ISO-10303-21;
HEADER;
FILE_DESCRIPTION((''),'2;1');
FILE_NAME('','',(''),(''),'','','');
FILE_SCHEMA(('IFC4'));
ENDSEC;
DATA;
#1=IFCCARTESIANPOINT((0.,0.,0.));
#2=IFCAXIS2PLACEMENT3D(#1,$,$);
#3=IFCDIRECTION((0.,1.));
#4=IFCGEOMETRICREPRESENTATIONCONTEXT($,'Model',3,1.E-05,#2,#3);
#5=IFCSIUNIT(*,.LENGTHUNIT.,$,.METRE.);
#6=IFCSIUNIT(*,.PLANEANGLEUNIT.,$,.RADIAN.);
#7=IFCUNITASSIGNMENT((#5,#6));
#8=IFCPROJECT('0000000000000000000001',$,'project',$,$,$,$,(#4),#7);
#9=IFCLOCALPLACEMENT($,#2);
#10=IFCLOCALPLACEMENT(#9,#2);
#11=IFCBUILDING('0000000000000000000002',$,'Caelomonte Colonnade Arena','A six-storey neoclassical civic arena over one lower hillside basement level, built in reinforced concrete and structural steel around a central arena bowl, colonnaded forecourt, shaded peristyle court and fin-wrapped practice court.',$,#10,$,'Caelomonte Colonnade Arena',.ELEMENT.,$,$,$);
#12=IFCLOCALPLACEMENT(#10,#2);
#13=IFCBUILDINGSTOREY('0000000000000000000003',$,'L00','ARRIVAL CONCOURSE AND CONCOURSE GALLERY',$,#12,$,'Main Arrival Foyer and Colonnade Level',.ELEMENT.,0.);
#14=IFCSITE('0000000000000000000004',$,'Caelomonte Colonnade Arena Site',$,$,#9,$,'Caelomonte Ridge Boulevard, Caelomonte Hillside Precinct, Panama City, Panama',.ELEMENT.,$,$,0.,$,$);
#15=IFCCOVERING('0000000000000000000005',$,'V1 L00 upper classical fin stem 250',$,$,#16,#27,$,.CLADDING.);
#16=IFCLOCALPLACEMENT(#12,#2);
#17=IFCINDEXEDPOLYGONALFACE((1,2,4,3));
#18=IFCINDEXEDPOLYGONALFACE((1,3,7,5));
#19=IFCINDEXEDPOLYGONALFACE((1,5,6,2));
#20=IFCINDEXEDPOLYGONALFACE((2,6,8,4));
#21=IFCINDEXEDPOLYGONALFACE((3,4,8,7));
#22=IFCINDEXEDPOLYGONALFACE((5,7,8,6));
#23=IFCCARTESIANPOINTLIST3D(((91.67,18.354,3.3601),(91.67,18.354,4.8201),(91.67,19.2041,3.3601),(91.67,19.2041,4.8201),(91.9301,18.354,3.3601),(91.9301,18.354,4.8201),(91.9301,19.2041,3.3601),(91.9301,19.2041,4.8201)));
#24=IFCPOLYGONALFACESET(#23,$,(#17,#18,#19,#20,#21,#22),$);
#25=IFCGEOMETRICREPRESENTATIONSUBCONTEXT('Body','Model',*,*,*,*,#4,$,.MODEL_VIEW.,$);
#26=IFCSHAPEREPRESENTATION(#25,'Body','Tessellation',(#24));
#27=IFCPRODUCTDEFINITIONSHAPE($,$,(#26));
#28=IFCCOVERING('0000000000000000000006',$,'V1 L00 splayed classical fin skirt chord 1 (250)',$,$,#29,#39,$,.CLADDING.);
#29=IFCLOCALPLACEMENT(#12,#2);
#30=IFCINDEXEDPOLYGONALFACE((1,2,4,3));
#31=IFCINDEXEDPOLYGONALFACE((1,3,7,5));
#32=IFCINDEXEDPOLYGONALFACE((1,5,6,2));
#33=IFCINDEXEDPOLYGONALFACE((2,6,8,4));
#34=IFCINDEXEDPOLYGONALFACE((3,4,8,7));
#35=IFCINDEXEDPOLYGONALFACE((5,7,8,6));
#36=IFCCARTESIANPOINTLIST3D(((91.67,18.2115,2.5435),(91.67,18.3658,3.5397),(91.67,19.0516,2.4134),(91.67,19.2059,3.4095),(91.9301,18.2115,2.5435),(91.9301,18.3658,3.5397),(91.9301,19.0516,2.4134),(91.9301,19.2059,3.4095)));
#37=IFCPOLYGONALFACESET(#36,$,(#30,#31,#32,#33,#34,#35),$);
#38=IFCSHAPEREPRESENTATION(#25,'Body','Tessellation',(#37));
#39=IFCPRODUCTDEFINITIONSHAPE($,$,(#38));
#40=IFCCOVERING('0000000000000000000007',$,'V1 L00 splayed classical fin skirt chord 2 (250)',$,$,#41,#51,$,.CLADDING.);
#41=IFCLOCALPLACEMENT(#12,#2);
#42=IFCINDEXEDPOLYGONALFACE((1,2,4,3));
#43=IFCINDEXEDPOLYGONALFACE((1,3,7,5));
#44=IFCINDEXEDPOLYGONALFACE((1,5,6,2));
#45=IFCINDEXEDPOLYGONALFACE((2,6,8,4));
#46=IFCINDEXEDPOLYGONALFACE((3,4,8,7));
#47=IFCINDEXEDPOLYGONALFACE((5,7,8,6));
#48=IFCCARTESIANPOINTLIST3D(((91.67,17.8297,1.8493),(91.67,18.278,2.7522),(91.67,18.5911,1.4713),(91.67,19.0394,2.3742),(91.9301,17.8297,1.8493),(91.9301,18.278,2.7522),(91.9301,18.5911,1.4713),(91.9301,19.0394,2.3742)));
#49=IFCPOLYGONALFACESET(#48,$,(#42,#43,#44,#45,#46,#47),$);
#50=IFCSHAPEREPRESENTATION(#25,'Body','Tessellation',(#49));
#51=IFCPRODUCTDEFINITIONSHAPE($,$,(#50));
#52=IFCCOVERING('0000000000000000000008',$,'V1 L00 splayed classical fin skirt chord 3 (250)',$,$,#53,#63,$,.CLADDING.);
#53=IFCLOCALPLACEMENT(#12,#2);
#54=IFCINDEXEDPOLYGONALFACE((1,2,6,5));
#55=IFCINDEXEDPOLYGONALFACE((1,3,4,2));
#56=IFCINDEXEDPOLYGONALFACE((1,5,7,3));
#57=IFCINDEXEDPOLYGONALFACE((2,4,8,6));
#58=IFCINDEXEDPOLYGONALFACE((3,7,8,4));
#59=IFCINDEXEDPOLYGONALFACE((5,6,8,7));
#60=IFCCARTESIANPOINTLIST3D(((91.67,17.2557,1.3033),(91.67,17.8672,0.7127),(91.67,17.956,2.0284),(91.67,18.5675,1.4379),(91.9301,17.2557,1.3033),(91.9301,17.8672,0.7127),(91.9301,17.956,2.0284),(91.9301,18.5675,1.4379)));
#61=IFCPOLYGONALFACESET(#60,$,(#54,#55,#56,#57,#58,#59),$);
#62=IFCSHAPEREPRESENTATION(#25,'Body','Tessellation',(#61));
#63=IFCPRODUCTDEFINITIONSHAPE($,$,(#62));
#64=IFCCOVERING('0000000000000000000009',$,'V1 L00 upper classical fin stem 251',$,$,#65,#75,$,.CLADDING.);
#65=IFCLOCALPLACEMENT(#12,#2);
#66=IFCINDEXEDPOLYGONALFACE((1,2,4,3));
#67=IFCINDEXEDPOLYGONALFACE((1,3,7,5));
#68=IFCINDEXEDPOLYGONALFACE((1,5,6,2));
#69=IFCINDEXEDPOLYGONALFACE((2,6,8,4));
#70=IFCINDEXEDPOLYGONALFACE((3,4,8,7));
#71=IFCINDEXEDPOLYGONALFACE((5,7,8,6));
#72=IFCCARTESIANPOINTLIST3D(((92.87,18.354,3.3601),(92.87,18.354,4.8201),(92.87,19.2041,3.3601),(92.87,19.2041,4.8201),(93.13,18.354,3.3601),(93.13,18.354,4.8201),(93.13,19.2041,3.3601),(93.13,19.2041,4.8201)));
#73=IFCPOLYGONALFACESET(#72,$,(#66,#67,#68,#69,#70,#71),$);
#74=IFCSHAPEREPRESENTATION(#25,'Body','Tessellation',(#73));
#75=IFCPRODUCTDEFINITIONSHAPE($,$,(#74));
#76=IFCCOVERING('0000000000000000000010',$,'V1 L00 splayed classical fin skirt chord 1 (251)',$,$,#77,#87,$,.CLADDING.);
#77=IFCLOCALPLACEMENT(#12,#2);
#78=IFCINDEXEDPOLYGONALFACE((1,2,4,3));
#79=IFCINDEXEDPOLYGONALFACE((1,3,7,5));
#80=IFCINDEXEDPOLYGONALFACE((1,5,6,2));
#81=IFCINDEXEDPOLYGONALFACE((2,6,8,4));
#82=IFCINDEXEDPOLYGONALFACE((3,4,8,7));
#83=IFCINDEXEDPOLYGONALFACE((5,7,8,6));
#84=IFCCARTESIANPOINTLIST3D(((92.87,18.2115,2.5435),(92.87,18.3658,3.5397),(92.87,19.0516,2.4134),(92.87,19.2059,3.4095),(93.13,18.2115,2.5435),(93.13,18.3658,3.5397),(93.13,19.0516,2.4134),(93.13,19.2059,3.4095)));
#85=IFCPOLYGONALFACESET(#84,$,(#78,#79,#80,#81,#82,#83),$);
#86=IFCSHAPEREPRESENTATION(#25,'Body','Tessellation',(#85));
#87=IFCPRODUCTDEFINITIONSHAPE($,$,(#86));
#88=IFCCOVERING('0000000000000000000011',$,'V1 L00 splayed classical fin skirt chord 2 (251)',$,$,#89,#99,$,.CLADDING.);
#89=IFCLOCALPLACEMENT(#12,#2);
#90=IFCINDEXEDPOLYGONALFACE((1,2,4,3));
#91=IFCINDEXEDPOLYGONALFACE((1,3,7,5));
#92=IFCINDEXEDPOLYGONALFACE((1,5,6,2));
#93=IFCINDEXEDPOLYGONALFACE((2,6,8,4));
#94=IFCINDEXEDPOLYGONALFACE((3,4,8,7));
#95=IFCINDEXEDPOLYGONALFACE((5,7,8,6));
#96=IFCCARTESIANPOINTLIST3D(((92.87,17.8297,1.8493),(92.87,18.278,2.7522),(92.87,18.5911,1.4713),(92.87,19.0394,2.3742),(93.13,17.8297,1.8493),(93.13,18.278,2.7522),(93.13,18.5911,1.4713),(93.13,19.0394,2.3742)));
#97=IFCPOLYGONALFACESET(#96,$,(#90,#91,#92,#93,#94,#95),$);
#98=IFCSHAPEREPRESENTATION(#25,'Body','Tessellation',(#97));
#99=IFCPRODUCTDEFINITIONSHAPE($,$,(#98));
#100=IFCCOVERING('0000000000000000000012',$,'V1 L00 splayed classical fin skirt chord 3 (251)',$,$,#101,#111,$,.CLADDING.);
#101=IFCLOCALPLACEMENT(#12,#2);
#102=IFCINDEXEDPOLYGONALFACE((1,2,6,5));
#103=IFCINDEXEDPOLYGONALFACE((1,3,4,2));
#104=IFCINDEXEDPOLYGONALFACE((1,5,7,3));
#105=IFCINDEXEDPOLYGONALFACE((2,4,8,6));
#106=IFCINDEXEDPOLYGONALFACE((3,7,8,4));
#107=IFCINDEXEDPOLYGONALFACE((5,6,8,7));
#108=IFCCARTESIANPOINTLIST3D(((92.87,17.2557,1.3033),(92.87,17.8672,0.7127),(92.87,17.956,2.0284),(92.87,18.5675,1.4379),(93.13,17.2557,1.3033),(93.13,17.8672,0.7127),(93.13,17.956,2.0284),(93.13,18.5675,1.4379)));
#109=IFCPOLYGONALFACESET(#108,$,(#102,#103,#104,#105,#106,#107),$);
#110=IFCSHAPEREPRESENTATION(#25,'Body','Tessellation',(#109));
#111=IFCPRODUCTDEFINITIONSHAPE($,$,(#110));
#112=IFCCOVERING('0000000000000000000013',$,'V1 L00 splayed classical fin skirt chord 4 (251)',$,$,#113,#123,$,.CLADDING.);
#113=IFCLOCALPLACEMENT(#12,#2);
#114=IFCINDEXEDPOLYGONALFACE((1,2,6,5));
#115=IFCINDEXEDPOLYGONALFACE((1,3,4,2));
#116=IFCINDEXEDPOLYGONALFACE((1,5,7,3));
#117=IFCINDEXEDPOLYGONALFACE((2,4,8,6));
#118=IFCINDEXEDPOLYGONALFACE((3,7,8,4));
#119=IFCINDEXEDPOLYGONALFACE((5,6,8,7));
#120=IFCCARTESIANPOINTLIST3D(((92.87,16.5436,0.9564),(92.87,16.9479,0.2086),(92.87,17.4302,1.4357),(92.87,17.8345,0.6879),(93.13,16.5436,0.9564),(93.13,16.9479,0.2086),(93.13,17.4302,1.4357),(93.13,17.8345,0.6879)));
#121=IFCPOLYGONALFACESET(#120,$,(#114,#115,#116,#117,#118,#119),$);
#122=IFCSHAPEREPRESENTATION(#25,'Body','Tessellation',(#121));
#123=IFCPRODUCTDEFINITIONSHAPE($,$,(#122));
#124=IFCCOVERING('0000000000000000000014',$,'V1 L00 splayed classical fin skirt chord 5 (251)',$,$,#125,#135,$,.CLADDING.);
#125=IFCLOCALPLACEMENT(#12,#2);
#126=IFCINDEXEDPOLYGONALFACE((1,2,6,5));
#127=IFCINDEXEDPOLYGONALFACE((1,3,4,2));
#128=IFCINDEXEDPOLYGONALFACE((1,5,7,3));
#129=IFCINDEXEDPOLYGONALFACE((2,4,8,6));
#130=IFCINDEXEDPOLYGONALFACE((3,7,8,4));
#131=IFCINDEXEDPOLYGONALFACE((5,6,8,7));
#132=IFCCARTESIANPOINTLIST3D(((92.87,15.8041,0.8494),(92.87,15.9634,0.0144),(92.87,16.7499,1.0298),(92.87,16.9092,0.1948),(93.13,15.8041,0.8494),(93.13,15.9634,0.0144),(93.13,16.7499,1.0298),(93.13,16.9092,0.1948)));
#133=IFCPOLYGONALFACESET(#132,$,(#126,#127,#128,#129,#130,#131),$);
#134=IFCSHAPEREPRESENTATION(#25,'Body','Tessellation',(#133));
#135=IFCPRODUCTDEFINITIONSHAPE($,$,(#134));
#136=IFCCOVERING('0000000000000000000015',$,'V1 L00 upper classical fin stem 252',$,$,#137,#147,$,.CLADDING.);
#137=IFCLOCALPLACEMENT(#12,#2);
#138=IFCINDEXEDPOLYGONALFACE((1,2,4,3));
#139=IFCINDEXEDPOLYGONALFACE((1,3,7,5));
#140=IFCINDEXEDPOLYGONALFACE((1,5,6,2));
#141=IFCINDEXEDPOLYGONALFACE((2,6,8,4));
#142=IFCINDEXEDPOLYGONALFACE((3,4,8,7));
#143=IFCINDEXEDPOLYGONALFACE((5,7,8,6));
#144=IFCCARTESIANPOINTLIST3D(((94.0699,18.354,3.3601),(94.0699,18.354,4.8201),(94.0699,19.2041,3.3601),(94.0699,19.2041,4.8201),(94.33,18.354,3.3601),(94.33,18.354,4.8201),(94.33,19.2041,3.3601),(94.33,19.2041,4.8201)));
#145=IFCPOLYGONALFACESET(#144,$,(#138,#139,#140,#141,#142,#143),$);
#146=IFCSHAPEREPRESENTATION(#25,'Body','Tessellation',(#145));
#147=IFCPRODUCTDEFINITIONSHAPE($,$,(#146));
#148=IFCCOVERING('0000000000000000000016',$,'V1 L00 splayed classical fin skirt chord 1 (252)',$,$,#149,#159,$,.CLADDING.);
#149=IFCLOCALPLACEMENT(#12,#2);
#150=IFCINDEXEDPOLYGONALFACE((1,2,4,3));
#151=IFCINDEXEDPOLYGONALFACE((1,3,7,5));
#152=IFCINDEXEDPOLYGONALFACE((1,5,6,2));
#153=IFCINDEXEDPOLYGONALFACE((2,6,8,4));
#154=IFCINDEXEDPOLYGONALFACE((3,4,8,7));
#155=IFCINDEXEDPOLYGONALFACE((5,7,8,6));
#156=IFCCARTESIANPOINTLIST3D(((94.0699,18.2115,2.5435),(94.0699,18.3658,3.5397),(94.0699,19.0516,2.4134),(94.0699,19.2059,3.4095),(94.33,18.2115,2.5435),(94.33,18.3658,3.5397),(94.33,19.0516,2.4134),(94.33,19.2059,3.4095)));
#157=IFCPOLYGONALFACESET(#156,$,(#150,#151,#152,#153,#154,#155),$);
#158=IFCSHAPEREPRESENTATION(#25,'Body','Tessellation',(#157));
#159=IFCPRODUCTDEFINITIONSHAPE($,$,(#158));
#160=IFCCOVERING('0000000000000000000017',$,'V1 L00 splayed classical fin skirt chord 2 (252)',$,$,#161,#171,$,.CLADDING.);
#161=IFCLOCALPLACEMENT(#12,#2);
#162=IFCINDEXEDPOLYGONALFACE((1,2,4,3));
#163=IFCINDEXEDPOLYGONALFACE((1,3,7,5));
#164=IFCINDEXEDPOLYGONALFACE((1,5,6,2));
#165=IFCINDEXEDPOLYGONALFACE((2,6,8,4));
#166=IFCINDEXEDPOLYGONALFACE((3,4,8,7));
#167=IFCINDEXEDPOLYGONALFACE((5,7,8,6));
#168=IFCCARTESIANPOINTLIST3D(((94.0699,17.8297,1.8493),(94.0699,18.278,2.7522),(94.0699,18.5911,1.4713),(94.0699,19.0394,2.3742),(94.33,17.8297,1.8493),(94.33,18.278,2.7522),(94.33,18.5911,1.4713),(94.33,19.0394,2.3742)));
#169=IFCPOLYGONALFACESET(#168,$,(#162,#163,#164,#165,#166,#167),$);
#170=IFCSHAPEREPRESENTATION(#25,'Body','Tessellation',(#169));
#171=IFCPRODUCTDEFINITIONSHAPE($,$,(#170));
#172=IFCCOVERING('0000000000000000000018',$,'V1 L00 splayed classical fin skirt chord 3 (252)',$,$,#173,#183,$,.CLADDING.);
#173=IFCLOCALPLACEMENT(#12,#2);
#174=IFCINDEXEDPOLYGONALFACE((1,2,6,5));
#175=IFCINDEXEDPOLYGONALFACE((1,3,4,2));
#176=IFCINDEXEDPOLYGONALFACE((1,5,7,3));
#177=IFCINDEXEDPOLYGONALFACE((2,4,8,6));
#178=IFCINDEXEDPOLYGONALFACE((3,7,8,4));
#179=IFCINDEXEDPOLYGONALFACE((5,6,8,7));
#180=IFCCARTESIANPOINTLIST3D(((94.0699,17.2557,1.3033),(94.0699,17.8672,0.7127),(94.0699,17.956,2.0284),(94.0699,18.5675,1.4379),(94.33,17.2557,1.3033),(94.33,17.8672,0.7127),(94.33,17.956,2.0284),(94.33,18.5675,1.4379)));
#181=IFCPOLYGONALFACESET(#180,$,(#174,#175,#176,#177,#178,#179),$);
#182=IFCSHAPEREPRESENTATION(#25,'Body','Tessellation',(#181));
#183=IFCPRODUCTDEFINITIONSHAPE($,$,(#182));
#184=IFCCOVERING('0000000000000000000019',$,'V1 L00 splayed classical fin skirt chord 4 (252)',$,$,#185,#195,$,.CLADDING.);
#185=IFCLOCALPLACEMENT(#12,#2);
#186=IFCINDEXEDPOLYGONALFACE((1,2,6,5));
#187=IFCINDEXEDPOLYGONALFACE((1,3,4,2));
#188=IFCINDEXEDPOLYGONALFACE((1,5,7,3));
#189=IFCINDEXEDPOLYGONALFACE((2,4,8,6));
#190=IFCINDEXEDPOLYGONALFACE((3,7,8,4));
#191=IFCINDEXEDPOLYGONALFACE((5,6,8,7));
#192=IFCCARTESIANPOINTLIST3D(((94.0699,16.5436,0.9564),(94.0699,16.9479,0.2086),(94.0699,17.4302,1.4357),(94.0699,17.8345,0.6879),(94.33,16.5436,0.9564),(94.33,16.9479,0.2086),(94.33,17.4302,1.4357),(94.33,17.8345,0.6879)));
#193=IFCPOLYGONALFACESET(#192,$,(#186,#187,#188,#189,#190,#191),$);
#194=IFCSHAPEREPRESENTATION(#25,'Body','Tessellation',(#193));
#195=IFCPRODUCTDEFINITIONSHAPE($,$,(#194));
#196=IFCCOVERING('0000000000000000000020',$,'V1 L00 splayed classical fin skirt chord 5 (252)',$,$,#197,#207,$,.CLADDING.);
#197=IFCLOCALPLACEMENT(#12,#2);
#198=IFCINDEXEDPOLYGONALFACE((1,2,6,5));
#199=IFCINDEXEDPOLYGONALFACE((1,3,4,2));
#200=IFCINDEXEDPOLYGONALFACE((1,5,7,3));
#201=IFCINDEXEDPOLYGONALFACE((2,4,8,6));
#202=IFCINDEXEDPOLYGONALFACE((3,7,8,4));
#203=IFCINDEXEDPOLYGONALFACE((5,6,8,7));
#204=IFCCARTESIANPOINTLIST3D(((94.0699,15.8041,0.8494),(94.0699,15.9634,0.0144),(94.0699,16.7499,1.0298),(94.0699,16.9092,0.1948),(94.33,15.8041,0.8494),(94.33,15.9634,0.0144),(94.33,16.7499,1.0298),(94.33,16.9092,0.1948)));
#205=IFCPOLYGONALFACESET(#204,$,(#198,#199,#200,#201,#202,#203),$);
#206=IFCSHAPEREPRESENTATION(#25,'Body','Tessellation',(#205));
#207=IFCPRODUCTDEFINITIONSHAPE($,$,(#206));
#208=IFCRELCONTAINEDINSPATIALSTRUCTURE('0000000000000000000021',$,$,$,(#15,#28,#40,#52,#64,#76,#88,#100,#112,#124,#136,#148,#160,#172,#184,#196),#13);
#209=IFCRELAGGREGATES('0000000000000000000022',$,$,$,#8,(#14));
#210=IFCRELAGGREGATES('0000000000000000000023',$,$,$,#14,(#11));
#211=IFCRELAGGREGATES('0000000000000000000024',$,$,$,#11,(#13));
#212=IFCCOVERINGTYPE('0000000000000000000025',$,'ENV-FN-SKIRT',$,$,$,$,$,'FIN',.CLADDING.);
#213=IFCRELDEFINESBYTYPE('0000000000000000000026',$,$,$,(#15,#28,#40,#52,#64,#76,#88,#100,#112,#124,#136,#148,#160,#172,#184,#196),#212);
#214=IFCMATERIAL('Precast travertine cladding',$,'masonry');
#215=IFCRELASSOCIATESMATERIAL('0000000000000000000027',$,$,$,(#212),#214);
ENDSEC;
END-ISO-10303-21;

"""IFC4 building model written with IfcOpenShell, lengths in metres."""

from ifc_helpers import new_model, si_unit, direction, frame, origin, origin_2d, place, context, subcontext, project, spatial, rectangle, extrude, material, material_profile, profile_set, type_object, element, save


model = new_model("IFC4")

# Units and contexts
model_context = context("Model", 3, precision=1e-05, world=origin(), true_north=direction((0.0, 1.0)))
body_context = subcontext(model_context, "Body", "Model", "MODEL_VIEW")
ifc_project = project(units=[si_unit("LENGTHUNIT", "METRE"), si_unit("PLANEANGLEUNIT", "RADIAN")], contexts=[model_context])

# Site, building, storey
site_placement = place(None, origin())
site = spatial("IfcSite", under=ifc_project, at=site_placement, Name="Caelomonte Colonnade Arena Site", LongName="Caelomonte Ridge Boulevard, Caelomonte Hillside Precinct, Panama City, Panama", CompositionType="ELEMENT", RefElevation=0.0)
building_placement = place(site_placement, origin())
building = spatial("IfcBuilding", under=site, at=building_placement, Name="Caelomonte Colonnade Arena", Description="A six-storey neoclassical civic arena over one lower hillside basement level, built in reinforced concrete and structural steel around a central arena bowl, colonnaded forecourt, shaded peristyle court and fin-wrapped practice court.", LongName="Caelomonte Colonnade Arena", CompositionType="ELEMENT")
storey_placement = place(building_placement, origin())
storey = spatial("IfcBuildingStorey", under=building, at=storey_placement, Name="L00", Description="ARRIVAL CONCOURSE AND CONCOURSE GALLERY", LongName="Main Arrival Foyer and Colonnade Level", CompositionType="ELEMENT", Elevation=0.0)

# Coverings
ifc_material = material(Name="Precast travertine cladding", Category="masonry")
ifc_material_profile = material_profile(ifc_material, rectangle(XDim=0.26, YDim=0.8501, at=origin_2d()), Name="FIN260X850")
ifc_profile_set = profile_set([ifc_material_profile], Name="Precast travertine cladding")
covering_type = type_object("IfcCoveringType", Name="ENV-FN-SKIRT", ElementType="FIN", PredefinedType="CLADDING", material=ifc_profile_set)
covering_1_placement = place(storey_placement, frame((91.8, 18.7791, 3.3601), z_axis=(0.0, 0.0, 1.0), x_axis=(-1.0, 0.0, 0.0)))
element("IfcCovering", 1, at=covering_1_placement, inside=storey, type_object=covering_type, Name="V1 L00 upper classical fin stem 250", PredefinedType="CLADDING", context=body_context, shape_type="SweptSolid", body=[
    extrude(rectangle(XDim=0.26, YDim=0.8501, at=origin_2d()), origin(), (0.0, 0.0, 1.0), 1.46),
])
for number, where, z_axis, x_axis, name in (
    (2, (91.8, 18.7859, 3.4746), (0.0, -0.153076, -0.988214), (-1.0, 0.0, 0.0), "V1 L00 splayed classical fin skirt chord 1 (250)"),
    (3, (91.8, 18.6587, 2.5632), (0.0, -0.444693, -0.895683), (-1.0, 0.0, 0.0), "V1 L00 splayed classical fin skirt chord 2 (250)"),
    (4, (91.8, 18.2617, 1.7332), (0.0, -0.694646, -0.719351), (-1.0, 0.0, 0.0), "V1 L00 splayed classical fin skirt chord 3 (250)"),
):
    element("IfcCovering", number, at=place(storey_placement, frame(where, z_axis=z_axis, x_axis=x_axis)), inside=storey, type_object=covering_type, Name=name, PredefinedType="CLADDING", context=body_context, shape_type="SweptSolid", body=[
        extrude(rectangle(XDim=0.26, YDim=0.8501, at=origin_2d()), origin(), (0.0, 0.0, 1.0), 1.0081),
    ])
covering_2_placement = place(storey_placement, frame((93.0, 18.7791, 3.3601), z_axis=(0.0, 0.0, 1.0), x_axis=(-1.0, 0.0, 0.0)))
element("IfcCovering", 5, at=covering_2_placement, inside=storey, type_object=covering_type, Name="V1 L00 upper classical fin stem 251", PredefinedType="CLADDING", context=body_context, shape_type="SweptSolid", body=[
    extrude(rectangle(XDim=0.26, YDim=0.8501, at=origin_2d()), origin(), (0.0, 0.0, 1.0), 1.46),
])
for number, where, z_axis, x_axis, name in (
    (6, (93.0, 18.7859, 3.4746), (0.0, -0.153076, -0.988214), (-1.0, 0.0, 0.0), "V1 L00 splayed classical fin skirt chord 1 (251)"),
    (7, (93.0, 18.6587, 2.5632), (0.0, -0.444693, -0.895683), (-1.0, 0.0, 0.0), "V1 L00 splayed classical fin skirt chord 2 (251)"),
    (8, (93.0, 18.2617, 1.7332), (0.0, -0.694646, -0.719351), (-1.0, 0.0, 0.0), "V1 L00 splayed classical fin skirt chord 3 (251)"),
):
    element("IfcCovering", number, at=place(storey_placement, frame(where, z_axis=z_axis, x_axis=x_axis)), inside=storey, type_object=covering_type, Name=name, PredefinedType="CLADDING", context=body_context, shape_type="SweptSolid", body=[
        extrude(rectangle(XDim=0.26, YDim=0.8501, at=origin_2d()), origin(), (0.0, 0.0, 1.0), 1.0081),
    ])
covering_3_placement = place(storey_placement, frame((93.0, 17.6323, 1.0618), z_axis=(0.0, -0.879676, -0.475573), x_axis=(-1.0, 0.0, 0.0)))
element("IfcCovering", 9, at=covering_3_placement, inside=storey, type_object=covering_type, Name="V1 L00 splayed classical fin skirt chord 4 (251)", PredefinedType="CLADDING", context=body_context, shape_type="SweptSolid", body=[
    extrude(rectangle(XDim=0.26, YDim=0.8501, at=origin_2d()), origin(), (0.0, 0.0, 1.0), 1.0078),
])
covering_4_placement = place(storey_placement, frame((93.0, 16.8296, 0.6123), z_axis=(0.0, -0.982287, -0.18738), x_axis=(-1.0, 0.0, 0.0)))
element("IfcCovering", 10, at=covering_4_placement, inside=storey, type_object=covering_type, Name="V1 L00 splayed classical fin skirt chord 5 (251)", PredefinedType="CLADDING", context=body_context, shape_type="SweptSolid", body=[
    extrude(rectangle(XDim=0.26, YDim=0.8501, at=origin_2d()), origin(), (0.0, 0.0, 1.0), 0.9629),
])
covering_5_placement = place(storey_placement, frame((94.2, 18.7791, 3.3601), z_axis=(0.0, 0.0, 1.0), x_axis=(-1.0, 0.0, 0.0)))
element("IfcCovering", 11, at=covering_5_placement, inside=storey, type_object=covering_type, Name="V1 L00 upper classical fin stem 252", PredefinedType="CLADDING", context=body_context, shape_type="SweptSolid", body=[
    extrude(rectangle(XDim=0.26, YDim=0.8501, at=origin_2d()), origin(), (0.0, 0.0, 1.0), 1.46),
])
for number, where, z_axis, x_axis, name in (
    (12, (94.2, 18.7859, 3.4746), (0.0, -0.153076, -0.988214), (-1.0, 0.0, 0.0), "V1 L00 splayed classical fin skirt chord 1 (252)"),
    (13, (94.2, 18.6587, 2.5632), (0.0, -0.444693, -0.895683), (-1.0, 0.0, 0.0), "V1 L00 splayed classical fin skirt chord 2 (252)"),
    (14, (94.2, 18.2617, 1.7332), (0.0, -0.694646, -0.719351), (-1.0, 0.0, 0.0), "V1 L00 splayed classical fin skirt chord 3 (252)"),
):
    element("IfcCovering", number, at=place(storey_placement, frame(where, z_axis=z_axis, x_axis=x_axis)), inside=storey, type_object=covering_type, Name=name, PredefinedType="CLADDING", context=body_context, shape_type="SweptSolid", body=[
        extrude(rectangle(XDim=0.26, YDim=0.8501, at=origin_2d()), origin(), (0.0, 0.0, 1.0), 1.0081),
    ])
covering_6_placement = place(storey_placement, frame((94.2, 17.6323, 1.0618), z_axis=(0.0, -0.879676, -0.475573), x_axis=(-1.0, 0.0, 0.0)))
element("IfcCovering", 15, at=covering_6_placement, inside=storey, type_object=covering_type, Name="V1 L00 splayed classical fin skirt chord 4 (252)", PredefinedType="CLADDING", context=body_context, shape_type="SweptSolid", body=[
    extrude(rectangle(XDim=0.26, YDim=0.8501, at=origin_2d()), origin(), (0.0, 0.0, 1.0), 1.0078),
])
covering_7_placement = place(storey_placement, frame((94.2, 16.8296, 0.6123), z_axis=(0.0, -0.982287, -0.18738), x_axis=(-1.0, 0.0, 0.0)))
element("IfcCovering", 16, at=covering_7_placement, inside=storey, type_object=covering_type, Name="V1 L00 splayed classical fin skirt chord 5 (252)", PredefinedType="CLADDING", context=body_context, shape_type="SweptSolid", body=[
    extrude(rectangle(XDim=0.26, YDim=0.8501, at=origin_2d()), origin(), (0.0, 0.0, 1.0), 0.9629),
])

save(model, "model.ifc")
